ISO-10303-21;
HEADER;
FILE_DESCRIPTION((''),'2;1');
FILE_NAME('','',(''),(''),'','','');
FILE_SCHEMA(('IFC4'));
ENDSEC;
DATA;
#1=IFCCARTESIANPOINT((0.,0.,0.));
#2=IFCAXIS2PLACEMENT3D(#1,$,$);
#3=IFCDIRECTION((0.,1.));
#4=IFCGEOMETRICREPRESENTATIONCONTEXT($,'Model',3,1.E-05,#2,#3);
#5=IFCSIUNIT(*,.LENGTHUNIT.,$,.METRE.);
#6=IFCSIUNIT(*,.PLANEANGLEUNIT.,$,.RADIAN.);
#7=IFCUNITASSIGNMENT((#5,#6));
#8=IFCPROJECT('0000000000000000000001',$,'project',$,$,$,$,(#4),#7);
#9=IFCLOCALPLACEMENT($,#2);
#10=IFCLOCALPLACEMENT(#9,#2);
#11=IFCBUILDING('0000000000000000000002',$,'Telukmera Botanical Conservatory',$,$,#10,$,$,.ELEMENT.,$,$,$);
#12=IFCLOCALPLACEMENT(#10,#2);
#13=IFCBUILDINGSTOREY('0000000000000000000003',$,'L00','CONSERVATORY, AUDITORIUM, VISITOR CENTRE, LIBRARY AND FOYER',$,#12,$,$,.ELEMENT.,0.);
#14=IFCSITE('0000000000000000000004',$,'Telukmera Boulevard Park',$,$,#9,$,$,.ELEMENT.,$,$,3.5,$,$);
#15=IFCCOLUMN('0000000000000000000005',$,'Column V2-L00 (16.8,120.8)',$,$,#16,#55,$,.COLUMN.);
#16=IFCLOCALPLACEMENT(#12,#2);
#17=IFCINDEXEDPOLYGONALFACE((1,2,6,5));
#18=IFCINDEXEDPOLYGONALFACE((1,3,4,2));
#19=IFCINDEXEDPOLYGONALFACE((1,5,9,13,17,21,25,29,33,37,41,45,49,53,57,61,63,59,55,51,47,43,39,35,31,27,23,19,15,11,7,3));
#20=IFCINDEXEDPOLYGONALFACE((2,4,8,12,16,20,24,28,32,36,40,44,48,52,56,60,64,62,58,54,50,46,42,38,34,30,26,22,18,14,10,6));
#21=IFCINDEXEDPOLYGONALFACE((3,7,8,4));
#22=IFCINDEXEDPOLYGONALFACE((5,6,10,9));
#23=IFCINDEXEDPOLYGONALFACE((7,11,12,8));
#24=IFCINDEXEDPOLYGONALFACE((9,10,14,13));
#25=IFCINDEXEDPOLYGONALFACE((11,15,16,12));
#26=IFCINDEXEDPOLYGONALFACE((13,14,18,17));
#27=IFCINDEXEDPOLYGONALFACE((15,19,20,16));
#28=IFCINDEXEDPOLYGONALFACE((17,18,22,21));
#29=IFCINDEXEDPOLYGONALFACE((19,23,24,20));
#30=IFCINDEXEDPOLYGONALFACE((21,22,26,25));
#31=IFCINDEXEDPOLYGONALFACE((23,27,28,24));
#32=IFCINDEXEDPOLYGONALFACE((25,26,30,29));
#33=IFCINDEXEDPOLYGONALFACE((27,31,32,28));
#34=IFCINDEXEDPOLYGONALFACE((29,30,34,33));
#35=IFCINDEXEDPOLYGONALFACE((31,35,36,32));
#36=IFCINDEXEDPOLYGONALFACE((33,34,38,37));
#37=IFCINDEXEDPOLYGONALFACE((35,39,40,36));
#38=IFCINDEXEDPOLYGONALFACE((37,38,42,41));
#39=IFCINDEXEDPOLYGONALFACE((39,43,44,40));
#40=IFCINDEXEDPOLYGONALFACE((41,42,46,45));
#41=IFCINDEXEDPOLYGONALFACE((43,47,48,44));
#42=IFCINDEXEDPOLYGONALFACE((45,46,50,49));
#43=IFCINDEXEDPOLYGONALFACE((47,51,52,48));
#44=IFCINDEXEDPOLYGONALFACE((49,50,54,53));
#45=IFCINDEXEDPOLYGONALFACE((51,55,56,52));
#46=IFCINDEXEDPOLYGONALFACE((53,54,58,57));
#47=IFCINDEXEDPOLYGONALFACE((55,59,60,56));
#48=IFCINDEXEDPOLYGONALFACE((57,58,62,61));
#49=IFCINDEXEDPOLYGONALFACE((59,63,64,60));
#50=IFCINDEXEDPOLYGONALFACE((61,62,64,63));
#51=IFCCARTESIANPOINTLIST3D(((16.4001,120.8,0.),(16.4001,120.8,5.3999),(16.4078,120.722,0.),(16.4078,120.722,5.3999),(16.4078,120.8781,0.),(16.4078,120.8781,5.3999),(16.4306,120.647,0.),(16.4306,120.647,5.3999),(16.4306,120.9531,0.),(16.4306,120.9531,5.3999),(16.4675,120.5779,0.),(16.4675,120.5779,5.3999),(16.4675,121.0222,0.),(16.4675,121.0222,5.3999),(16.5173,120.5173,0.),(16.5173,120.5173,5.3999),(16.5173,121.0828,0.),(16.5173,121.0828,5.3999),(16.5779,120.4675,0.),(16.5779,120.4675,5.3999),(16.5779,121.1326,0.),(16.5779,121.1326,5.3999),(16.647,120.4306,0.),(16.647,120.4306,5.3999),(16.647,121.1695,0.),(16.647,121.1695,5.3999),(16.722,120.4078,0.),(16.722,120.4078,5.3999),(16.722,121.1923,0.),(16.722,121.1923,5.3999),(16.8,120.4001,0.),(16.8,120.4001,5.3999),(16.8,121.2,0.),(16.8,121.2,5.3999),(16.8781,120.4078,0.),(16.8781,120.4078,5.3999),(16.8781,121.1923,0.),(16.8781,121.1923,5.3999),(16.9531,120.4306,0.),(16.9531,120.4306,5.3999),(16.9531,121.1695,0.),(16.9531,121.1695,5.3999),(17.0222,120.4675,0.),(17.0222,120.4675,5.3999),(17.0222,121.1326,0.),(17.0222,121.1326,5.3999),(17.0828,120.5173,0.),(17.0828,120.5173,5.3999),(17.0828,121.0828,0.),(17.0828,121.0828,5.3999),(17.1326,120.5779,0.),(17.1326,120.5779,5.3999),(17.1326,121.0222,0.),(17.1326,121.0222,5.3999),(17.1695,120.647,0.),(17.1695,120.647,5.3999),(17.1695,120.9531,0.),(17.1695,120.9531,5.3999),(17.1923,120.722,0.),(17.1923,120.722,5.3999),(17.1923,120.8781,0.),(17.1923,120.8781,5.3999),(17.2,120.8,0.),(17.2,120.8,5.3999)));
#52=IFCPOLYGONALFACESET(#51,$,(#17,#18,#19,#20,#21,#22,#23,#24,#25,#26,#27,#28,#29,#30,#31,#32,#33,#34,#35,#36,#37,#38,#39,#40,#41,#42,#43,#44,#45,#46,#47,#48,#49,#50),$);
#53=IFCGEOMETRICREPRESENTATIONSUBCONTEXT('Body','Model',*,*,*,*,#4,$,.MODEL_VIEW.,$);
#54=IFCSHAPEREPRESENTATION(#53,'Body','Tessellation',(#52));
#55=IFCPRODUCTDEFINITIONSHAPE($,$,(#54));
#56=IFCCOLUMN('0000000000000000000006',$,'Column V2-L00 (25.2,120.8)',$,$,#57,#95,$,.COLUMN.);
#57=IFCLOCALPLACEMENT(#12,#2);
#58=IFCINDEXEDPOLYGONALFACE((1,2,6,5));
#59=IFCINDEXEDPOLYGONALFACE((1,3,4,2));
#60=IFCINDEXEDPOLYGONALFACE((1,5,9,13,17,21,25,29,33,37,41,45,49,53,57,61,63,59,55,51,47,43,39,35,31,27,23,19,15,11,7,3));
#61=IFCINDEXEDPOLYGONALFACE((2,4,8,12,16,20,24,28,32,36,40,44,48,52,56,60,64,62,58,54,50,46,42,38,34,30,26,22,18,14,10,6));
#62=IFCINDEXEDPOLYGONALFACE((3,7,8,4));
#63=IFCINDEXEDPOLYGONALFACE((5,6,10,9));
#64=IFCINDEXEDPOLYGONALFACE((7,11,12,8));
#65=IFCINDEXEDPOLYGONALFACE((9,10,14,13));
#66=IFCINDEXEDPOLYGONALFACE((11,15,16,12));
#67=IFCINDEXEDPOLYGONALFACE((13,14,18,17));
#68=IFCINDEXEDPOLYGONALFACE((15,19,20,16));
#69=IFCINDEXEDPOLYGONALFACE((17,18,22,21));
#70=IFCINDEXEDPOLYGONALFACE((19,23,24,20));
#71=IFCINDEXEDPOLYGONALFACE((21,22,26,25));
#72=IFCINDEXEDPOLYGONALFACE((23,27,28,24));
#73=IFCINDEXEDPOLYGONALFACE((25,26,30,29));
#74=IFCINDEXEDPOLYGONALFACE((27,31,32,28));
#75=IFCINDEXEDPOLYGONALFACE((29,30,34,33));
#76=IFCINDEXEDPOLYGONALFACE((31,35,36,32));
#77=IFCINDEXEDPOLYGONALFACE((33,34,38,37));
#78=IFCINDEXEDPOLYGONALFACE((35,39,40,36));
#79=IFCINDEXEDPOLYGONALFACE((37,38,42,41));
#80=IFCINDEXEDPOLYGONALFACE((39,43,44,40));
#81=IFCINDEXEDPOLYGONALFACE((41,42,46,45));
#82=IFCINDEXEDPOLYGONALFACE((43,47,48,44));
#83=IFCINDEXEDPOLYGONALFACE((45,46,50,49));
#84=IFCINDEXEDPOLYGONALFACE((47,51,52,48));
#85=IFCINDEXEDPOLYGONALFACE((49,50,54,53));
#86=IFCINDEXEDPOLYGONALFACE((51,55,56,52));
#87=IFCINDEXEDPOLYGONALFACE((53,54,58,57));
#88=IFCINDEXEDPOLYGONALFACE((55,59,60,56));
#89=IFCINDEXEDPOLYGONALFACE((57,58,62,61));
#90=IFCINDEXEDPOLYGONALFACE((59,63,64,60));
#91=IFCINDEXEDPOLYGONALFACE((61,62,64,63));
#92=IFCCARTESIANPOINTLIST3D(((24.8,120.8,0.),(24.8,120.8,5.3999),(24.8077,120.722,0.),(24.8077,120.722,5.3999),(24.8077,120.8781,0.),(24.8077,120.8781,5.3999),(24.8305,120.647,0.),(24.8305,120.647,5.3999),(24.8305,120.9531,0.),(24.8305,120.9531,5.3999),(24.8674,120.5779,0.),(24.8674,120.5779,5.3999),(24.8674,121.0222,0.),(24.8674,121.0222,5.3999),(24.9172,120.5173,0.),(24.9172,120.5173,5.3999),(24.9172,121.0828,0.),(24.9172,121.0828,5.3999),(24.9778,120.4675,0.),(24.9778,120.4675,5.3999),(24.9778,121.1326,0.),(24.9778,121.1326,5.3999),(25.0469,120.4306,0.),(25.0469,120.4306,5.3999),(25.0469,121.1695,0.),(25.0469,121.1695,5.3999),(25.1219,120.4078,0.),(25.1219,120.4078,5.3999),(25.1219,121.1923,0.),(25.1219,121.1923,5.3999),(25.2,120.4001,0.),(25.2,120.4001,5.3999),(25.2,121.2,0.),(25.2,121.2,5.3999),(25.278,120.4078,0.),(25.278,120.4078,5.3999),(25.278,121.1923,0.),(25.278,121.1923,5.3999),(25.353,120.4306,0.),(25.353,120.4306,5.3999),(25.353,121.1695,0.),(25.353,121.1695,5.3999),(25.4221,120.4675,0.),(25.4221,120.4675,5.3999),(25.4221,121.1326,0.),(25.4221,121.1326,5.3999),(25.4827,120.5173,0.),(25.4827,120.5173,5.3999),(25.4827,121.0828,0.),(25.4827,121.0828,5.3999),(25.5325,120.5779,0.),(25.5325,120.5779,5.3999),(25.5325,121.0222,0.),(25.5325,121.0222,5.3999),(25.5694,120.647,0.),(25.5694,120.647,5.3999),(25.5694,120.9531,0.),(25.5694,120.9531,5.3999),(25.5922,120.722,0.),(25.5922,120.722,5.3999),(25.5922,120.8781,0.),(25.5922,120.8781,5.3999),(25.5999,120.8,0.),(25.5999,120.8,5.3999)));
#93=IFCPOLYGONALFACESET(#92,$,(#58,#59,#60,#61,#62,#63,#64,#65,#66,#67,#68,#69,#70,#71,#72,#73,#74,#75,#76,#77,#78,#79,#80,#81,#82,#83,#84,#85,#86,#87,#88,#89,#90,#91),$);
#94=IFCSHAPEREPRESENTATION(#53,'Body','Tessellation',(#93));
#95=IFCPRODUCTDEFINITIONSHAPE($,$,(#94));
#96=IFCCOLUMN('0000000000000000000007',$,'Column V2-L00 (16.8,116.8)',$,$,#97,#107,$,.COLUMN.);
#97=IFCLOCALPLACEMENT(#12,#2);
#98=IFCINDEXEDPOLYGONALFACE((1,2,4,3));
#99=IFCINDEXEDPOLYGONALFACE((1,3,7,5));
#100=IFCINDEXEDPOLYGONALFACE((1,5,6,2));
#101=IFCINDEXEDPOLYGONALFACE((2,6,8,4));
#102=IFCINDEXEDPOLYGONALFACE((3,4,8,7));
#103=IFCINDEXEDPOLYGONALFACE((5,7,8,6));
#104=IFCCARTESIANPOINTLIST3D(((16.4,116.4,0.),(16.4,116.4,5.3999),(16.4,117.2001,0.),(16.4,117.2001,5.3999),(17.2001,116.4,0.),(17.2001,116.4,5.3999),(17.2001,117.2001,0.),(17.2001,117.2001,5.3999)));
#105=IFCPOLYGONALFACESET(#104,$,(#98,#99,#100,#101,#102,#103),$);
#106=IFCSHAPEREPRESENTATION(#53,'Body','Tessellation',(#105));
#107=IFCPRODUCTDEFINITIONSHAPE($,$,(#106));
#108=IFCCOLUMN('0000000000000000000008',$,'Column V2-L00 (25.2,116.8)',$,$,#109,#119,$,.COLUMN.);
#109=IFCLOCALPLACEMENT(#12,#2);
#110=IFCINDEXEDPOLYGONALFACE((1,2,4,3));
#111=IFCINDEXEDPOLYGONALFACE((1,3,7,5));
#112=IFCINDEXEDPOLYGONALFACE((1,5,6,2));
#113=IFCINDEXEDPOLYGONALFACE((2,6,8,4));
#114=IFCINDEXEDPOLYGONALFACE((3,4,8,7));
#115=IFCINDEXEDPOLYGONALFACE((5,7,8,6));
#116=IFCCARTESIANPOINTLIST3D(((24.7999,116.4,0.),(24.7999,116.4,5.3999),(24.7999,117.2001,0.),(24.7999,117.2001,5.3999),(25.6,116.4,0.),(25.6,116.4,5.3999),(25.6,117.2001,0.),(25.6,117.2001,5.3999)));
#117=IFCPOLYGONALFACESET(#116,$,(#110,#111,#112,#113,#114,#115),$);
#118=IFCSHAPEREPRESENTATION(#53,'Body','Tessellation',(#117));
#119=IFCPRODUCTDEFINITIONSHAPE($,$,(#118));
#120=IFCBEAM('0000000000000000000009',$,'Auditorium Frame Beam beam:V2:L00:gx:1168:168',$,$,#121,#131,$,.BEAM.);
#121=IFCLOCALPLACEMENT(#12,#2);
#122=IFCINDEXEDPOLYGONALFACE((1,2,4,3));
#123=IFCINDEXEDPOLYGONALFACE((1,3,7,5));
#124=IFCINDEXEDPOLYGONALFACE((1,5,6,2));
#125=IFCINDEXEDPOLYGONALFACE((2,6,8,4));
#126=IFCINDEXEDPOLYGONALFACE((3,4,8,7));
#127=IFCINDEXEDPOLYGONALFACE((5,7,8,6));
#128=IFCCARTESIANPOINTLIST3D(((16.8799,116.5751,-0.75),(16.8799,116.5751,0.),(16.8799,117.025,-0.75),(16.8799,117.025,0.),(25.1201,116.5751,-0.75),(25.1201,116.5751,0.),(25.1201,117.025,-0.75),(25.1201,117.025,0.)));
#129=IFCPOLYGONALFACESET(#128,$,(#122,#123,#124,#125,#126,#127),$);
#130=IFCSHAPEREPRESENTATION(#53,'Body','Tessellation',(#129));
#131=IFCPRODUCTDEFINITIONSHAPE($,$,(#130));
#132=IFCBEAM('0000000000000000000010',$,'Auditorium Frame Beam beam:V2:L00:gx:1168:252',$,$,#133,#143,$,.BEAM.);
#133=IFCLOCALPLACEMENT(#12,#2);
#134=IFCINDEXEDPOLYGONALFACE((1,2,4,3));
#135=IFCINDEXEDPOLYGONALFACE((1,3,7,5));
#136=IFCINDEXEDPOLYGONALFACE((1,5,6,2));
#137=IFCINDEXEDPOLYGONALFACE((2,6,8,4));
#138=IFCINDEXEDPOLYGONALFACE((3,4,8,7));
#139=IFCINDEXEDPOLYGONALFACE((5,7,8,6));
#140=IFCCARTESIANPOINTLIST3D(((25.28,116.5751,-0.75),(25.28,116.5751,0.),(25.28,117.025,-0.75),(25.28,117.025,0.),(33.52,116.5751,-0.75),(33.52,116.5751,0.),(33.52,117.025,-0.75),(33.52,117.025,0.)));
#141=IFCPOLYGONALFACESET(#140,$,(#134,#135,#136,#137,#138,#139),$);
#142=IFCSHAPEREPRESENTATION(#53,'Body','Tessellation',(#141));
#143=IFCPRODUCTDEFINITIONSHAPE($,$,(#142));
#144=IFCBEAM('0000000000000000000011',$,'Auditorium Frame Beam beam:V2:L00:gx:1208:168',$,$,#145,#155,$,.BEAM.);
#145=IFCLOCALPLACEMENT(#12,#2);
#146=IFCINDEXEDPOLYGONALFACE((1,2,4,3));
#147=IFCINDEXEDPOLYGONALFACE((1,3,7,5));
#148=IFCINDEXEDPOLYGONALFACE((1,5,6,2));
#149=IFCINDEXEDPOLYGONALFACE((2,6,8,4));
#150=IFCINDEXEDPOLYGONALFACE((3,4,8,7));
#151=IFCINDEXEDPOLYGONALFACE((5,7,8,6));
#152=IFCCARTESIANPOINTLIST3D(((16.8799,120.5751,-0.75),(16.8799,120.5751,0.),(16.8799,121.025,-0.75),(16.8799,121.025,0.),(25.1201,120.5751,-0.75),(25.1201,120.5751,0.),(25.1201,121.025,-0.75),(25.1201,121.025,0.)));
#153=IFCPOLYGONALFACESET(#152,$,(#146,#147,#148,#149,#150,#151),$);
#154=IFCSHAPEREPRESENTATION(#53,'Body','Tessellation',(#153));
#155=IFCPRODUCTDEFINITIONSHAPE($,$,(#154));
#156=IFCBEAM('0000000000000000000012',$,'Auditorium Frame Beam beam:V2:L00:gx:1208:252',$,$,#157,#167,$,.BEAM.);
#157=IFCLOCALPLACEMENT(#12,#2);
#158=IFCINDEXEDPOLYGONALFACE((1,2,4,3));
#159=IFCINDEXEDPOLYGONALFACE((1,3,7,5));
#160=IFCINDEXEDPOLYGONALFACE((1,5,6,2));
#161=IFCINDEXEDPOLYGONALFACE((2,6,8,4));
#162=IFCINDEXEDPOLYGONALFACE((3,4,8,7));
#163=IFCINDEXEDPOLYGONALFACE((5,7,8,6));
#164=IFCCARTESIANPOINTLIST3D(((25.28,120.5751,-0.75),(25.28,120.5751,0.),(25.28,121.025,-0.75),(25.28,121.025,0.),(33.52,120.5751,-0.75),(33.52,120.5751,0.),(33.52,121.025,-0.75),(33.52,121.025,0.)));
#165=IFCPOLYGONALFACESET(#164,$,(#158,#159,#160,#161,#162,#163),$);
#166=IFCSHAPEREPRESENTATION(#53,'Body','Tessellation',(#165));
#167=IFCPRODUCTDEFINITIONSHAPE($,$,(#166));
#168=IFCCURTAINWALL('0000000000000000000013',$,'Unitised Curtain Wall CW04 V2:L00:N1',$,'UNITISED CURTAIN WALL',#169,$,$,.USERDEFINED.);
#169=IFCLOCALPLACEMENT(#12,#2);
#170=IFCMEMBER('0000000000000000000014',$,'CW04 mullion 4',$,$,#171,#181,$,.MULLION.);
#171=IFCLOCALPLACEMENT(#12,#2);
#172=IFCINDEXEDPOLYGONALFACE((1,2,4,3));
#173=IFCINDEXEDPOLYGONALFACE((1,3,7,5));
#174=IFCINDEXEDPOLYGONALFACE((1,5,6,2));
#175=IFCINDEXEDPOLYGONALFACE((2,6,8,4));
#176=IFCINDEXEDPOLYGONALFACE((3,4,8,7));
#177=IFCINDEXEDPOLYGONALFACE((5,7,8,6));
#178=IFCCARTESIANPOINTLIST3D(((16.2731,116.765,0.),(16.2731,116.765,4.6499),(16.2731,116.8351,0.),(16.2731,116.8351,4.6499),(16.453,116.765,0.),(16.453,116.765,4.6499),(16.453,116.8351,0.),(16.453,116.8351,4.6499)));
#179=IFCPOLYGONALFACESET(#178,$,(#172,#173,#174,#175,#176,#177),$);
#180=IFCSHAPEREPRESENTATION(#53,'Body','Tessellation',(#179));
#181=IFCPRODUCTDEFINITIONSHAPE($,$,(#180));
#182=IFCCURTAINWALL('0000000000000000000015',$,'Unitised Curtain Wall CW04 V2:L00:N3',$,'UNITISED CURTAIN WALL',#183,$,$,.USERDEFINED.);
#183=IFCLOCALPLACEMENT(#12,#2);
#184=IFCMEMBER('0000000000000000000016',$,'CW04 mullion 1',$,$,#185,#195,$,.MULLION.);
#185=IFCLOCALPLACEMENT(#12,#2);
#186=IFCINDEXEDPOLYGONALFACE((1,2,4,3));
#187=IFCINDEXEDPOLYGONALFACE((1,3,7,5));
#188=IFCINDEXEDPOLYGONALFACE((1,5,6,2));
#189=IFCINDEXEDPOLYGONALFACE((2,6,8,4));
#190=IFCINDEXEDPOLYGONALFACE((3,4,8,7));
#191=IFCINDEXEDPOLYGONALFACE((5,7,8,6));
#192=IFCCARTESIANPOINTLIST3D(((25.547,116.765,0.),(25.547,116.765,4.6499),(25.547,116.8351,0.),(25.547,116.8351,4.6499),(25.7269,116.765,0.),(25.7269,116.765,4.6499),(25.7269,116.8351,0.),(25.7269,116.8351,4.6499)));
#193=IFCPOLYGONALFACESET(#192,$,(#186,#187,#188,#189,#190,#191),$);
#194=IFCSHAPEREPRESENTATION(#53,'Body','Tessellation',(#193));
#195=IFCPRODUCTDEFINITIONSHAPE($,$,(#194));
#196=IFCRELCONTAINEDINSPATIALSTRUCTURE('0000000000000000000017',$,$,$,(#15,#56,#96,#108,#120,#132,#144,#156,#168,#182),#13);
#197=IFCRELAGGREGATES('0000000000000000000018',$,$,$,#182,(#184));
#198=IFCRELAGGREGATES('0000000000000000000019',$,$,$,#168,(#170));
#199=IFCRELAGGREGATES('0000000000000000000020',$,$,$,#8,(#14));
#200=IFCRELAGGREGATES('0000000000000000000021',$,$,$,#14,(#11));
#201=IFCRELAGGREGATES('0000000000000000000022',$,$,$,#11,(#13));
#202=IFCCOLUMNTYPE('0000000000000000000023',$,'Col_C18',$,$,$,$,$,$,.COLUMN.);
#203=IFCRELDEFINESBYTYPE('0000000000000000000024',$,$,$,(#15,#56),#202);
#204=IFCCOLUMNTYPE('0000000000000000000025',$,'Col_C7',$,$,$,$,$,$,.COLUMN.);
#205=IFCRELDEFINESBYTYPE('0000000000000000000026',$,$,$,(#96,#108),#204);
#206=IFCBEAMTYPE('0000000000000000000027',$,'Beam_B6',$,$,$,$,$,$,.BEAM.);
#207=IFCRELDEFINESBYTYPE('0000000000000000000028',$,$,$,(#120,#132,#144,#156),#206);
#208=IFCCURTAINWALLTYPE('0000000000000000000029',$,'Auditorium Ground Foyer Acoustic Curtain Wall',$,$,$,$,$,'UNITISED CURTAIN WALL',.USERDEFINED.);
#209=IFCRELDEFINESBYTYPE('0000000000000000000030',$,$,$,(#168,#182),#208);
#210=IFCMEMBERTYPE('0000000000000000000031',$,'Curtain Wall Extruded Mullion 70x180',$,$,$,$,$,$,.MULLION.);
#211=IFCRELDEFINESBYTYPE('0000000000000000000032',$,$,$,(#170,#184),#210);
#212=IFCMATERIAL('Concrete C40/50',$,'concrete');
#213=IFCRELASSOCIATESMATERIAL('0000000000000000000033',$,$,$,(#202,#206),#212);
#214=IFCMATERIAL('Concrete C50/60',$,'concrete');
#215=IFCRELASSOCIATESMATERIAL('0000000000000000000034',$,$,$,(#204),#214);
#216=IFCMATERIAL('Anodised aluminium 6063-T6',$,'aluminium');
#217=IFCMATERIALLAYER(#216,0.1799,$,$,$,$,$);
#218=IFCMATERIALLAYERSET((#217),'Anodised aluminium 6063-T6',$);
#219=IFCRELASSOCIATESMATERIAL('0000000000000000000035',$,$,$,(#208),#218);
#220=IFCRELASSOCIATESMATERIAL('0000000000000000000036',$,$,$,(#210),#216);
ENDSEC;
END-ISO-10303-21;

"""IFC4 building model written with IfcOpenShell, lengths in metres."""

from ifc_helpers import new_model, si_unit, direction, frame, origin, origin_2d, place, context, subcontext, project, spatial, rectangle, circle, extrude, material, layer, layer_set, material_profile, profile_set, type_object, element, aggregate, save


model = new_model("IFC4")

# Units and contexts
model_context = context("Model", 3, precision=1e-05, world=origin(), true_north=direction((0.0, 1.0)))
body_context = subcontext(model_context, "Body", "Model", "MODEL_VIEW")
ifc_project = project(units=[si_unit("LENGTHUNIT", "METRE"), si_unit("PLANEANGLEUNIT", "RADIAN")], contexts=[model_context])

# Site, building, storey
site_placement = place(None, origin())
site = spatial("IfcSite", under=ifc_project, at=site_placement, Name="Telukmera Boulevard Park", CompositionType="ELEMENT", RefElevation=3.5)
building_placement = place(site_placement, origin())
building = spatial("IfcBuilding", under=site, at=building_placement, Name="Telukmera Botanical Conservatory", CompositionType="ELEMENT")
storey_placement = place(building_placement, origin())
storey = spatial("IfcBuildingStorey", under=building, at=storey_placement, Name="L00", Description="CONSERVATORY, AUDITORIUM, VISITOR CENTRE, LIBRARY AND FOYER", CompositionType="ELEMENT", Elevation=0.0)

# Columns
ifc_material_1 = material(Name="Concrete C40/50", Category="concrete")
ifc_material_profile_1 = material_profile(ifc_material_1, circle(Radius=0.3999, at=origin_2d()), Name="RC D800")
ifc_profile_set_1 = profile_set([ifc_material_profile_1], Name="Concrete C40/50")
column_type_1 = type_object("IfcColumnType", Name="Col_C18", PredefinedType="COLUMN", material=ifc_profile_set_1)
for number, where, z_axis, x_axis, name in (
    (1, (16.8, 120.8, 0.0), (0.0, 0.0, 1.0), (1.0, 0.0, 0.0), "Column V2-L00 (16.8,120.8)"),
    (2, (25.2, 120.8, 0.0), (0.0, 0.0, 1.0), (1.0, 0.0, 0.0), "Column V2-L00 (25.2,120.8)"),
):
    element("IfcColumn", number, at=place(storey_placement, frame(where, z_axis=z_axis, x_axis=x_axis)), inside=storey, type_object=column_type_1, Name=name, PredefinedType="COLUMN", context=body_context, shape_type="SweptSolid", body=[
        extrude(circle(Radius=0.3999, at=origin_2d()), origin(), (0.0, 0.0, 1.0), 5.3999),
    ])
ifc_material_2 = material(Name="Concrete C50/60", Category="concrete")
ifc_material_profile_2 = material_profile(ifc_material_2, rectangle(XDim=0.8, YDim=0.8, at=origin_2d()), Name="RC 800x800")
ifc_profile_set_2 = profile_set([ifc_material_profile_2], Name="Concrete C50/60")
column_type_2 = type_object("IfcColumnType", Name="Col_C7", PredefinedType="COLUMN", material=ifc_profile_set_2)
for number, where, z_axis, x_axis, name in (
    (3, (16.8, 116.8, 0.0), (0.0, 0.0, 1.0), (1.0, 0.0, 0.0), "Column V2-L00 (16.8,116.8)"),
    (4, (25.2, 116.8, 0.0), (0.0, 0.0, 1.0), (1.0, 0.0, 0.0), "Column V2-L00 (25.2,116.8)"),
):
    element("IfcColumn", number, at=place(storey_placement, frame(where, z_axis=z_axis, x_axis=x_axis)), inside=storey, type_object=column_type_2, Name=name, PredefinedType="COLUMN", context=body_context, shape_type="SweptSolid", body=[
        extrude(rectangle(XDim=0.8, YDim=0.8, at=origin_2d()), origin(), (0.0, 0.0, 1.0), 5.3999),
    ])

# Beams
ifc_material_profile_3 = material_profile(ifc_material_1, rectangle(XDim=0.45, YDim=0.75, at=origin_2d()), Name="RC 450x750")
ifc_profile_set_3 = profile_set([ifc_material_profile_3], Name="Concrete C40/50")
beam_type = type_object("IfcBeamType", Name="Beam_B6", PredefinedType="BEAM", material=ifc_profile_set_3)
beam_1_placement = place(storey_placement, frame((16.8799, 116.8, -0.375), z_axis=(1.0, 0.0, 0.0), x_axis=(0.0, 1.0, 0.0)))
element("IfcBeam", 5, at=beam_1_placement, inside=storey, type_object=beam_type, Name="Auditorium Frame Beam beam:V2:L00:gx:1168:168", PredefinedType="BEAM", context=body_context, shape_type="SweptSolid", body=[
    extrude(rectangle(XDim=0.45, YDim=0.75, at=origin_2d()), origin(), (0.0, 0.0, 1.0), 8.2402),
])
beam_2_placement = place(storey_placement, frame((25.28, 116.8, -0.375), z_axis=(1.0, 0.0, 0.0), x_axis=(0.0, 1.0, 0.0)))
element("IfcBeam", 6, at=beam_2_placement, inside=storey, type_object=beam_type, Name="Auditorium Frame Beam beam:V2:L00:gx:1168:252", PredefinedType="BEAM", context=body_context, shape_type="SweptSolid", body=[
    extrude(rectangle(XDim=0.45, YDim=0.75, at=origin_2d()), origin(), (0.0, 0.0, 1.0), 8.24),
])
beam_3_placement = place(storey_placement, frame((16.8799, 120.8, -0.375), z_axis=(1.0, 0.0, 0.0), x_axis=(0.0, 1.0, 0.0)))
element("IfcBeam", 7, at=beam_3_placement, inside=storey, type_object=beam_type, Name="Auditorium Frame Beam beam:V2:L00:gx:1208:168", PredefinedType="BEAM", context=body_context, shape_type="SweptSolid", body=[
    extrude(rectangle(XDim=0.45, YDim=0.75, at=origin_2d()), origin(), (0.0, 0.0, 1.0), 8.2402),
])
beam_4_placement = place(storey_placement, frame((25.28, 120.8, -0.375), z_axis=(1.0, 0.0, 0.0), x_axis=(0.0, 1.0, 0.0)))
element("IfcBeam", 8, at=beam_4_placement, inside=storey, type_object=beam_type, Name="Auditorium Frame Beam beam:V2:L00:gx:1208:252", PredefinedType="BEAM", context=body_context, shape_type="SweptSolid", body=[
    extrude(rectangle(XDim=0.45, YDim=0.75, at=origin_2d()), origin(), (0.0, 0.0, 1.0), 8.24),
])

# Curtain wall, member
ifc_material_3 = material(Name="Anodised aluminium 6063-T6", Category="aluminium")
ifc_layer_1 = layer(ifc_material_3, 0.1799)
ifc_layer_set_1 = layer_set([ifc_layer_1], Name="Anodised aluminium 6063-T6")
curtain_wall_type = type_object("IfcCurtainWallType", Name="Auditorium Ground Foyer Acoustic Curtain Wall", ElementType="UNITISED CURTAIN WALL", PredefinedType="USERDEFINED", material=ifc_layer_set_1)
curtain_wall_1_placement = place(storey_placement, origin())
curtain_wall_1 = element("IfcCurtainWall", 9, at=curtain_wall_1_placement, inside=storey, type_object=curtain_wall_type, Name="Unitised Curtain Wall CW04 V2:L00:N1", ObjectType="UNITISED CURTAIN WALL", PredefinedType="USERDEFINED")
ifc_material_profile_4 = material_profile(ifc_material_3, rectangle(XDim=0.0701, YDim=0.1799, at=origin_2d()), Name="ALU MULL 70x180")
ifc_profile_set_4 = profile_set([ifc_material_profile_4], Name="Anodised aluminium 6063-T6")
member_type_1 = type_object("IfcMemberType", Name="Curtain Wall Extruded Mullion 70x180", PredefinedType="MULLION", material=ifc_profile_set_4)
member_1_placement = place(storey_placement, frame((16.363, 116.8, 0.0), z_axis=(0.0, 0.0, 1.0), x_axis=(0.0, 1.0, 0.0)))
member_1 = element("IfcMember", 10, at=member_1_placement, type_object=member_type_1, Name="CW04 mullion 4", PredefinedType="MULLION", context=body_context, shape_type="SweptSolid", body=[
    extrude(rectangle(XDim=0.0701, YDim=0.1799, at=origin_2d()), origin(), (0.0, 0.0, 1.0), 4.6499),
])

# Curtain wall, member
curtain_wall_2_placement = place(storey_placement, origin())
curtain_wall_2 = element("IfcCurtainWall", 11, at=curtain_wall_2_placement, inside=storey, type_object=curtain_wall_type, Name="Unitised Curtain Wall CW04 V2:L00:N3", ObjectType="UNITISED CURTAIN WALL", PredefinedType="USERDEFINED")
member_2_placement = place(storey_placement, frame((25.637, 116.8, 0.0), z_axis=(0.0, 0.0, 1.0), x_axis=(0.0, 1.0, 0.0)))
member_2 = element("IfcMember", 12, at=member_2_placement, type_object=member_type_1, Name="CW04 mullion 1", PredefinedType="MULLION", context=body_context, shape_type="SweptSolid", body=[
    extrude(rectangle(XDim=0.0701, YDim=0.1799, at=origin_2d()), origin(), (0.0, 0.0, 1.0), 4.6499),
])
aggregate(curtain_wall_2, [member_2])

aggregate(curtain_wall_1, [member_1])

save(model, "model.ifc")
